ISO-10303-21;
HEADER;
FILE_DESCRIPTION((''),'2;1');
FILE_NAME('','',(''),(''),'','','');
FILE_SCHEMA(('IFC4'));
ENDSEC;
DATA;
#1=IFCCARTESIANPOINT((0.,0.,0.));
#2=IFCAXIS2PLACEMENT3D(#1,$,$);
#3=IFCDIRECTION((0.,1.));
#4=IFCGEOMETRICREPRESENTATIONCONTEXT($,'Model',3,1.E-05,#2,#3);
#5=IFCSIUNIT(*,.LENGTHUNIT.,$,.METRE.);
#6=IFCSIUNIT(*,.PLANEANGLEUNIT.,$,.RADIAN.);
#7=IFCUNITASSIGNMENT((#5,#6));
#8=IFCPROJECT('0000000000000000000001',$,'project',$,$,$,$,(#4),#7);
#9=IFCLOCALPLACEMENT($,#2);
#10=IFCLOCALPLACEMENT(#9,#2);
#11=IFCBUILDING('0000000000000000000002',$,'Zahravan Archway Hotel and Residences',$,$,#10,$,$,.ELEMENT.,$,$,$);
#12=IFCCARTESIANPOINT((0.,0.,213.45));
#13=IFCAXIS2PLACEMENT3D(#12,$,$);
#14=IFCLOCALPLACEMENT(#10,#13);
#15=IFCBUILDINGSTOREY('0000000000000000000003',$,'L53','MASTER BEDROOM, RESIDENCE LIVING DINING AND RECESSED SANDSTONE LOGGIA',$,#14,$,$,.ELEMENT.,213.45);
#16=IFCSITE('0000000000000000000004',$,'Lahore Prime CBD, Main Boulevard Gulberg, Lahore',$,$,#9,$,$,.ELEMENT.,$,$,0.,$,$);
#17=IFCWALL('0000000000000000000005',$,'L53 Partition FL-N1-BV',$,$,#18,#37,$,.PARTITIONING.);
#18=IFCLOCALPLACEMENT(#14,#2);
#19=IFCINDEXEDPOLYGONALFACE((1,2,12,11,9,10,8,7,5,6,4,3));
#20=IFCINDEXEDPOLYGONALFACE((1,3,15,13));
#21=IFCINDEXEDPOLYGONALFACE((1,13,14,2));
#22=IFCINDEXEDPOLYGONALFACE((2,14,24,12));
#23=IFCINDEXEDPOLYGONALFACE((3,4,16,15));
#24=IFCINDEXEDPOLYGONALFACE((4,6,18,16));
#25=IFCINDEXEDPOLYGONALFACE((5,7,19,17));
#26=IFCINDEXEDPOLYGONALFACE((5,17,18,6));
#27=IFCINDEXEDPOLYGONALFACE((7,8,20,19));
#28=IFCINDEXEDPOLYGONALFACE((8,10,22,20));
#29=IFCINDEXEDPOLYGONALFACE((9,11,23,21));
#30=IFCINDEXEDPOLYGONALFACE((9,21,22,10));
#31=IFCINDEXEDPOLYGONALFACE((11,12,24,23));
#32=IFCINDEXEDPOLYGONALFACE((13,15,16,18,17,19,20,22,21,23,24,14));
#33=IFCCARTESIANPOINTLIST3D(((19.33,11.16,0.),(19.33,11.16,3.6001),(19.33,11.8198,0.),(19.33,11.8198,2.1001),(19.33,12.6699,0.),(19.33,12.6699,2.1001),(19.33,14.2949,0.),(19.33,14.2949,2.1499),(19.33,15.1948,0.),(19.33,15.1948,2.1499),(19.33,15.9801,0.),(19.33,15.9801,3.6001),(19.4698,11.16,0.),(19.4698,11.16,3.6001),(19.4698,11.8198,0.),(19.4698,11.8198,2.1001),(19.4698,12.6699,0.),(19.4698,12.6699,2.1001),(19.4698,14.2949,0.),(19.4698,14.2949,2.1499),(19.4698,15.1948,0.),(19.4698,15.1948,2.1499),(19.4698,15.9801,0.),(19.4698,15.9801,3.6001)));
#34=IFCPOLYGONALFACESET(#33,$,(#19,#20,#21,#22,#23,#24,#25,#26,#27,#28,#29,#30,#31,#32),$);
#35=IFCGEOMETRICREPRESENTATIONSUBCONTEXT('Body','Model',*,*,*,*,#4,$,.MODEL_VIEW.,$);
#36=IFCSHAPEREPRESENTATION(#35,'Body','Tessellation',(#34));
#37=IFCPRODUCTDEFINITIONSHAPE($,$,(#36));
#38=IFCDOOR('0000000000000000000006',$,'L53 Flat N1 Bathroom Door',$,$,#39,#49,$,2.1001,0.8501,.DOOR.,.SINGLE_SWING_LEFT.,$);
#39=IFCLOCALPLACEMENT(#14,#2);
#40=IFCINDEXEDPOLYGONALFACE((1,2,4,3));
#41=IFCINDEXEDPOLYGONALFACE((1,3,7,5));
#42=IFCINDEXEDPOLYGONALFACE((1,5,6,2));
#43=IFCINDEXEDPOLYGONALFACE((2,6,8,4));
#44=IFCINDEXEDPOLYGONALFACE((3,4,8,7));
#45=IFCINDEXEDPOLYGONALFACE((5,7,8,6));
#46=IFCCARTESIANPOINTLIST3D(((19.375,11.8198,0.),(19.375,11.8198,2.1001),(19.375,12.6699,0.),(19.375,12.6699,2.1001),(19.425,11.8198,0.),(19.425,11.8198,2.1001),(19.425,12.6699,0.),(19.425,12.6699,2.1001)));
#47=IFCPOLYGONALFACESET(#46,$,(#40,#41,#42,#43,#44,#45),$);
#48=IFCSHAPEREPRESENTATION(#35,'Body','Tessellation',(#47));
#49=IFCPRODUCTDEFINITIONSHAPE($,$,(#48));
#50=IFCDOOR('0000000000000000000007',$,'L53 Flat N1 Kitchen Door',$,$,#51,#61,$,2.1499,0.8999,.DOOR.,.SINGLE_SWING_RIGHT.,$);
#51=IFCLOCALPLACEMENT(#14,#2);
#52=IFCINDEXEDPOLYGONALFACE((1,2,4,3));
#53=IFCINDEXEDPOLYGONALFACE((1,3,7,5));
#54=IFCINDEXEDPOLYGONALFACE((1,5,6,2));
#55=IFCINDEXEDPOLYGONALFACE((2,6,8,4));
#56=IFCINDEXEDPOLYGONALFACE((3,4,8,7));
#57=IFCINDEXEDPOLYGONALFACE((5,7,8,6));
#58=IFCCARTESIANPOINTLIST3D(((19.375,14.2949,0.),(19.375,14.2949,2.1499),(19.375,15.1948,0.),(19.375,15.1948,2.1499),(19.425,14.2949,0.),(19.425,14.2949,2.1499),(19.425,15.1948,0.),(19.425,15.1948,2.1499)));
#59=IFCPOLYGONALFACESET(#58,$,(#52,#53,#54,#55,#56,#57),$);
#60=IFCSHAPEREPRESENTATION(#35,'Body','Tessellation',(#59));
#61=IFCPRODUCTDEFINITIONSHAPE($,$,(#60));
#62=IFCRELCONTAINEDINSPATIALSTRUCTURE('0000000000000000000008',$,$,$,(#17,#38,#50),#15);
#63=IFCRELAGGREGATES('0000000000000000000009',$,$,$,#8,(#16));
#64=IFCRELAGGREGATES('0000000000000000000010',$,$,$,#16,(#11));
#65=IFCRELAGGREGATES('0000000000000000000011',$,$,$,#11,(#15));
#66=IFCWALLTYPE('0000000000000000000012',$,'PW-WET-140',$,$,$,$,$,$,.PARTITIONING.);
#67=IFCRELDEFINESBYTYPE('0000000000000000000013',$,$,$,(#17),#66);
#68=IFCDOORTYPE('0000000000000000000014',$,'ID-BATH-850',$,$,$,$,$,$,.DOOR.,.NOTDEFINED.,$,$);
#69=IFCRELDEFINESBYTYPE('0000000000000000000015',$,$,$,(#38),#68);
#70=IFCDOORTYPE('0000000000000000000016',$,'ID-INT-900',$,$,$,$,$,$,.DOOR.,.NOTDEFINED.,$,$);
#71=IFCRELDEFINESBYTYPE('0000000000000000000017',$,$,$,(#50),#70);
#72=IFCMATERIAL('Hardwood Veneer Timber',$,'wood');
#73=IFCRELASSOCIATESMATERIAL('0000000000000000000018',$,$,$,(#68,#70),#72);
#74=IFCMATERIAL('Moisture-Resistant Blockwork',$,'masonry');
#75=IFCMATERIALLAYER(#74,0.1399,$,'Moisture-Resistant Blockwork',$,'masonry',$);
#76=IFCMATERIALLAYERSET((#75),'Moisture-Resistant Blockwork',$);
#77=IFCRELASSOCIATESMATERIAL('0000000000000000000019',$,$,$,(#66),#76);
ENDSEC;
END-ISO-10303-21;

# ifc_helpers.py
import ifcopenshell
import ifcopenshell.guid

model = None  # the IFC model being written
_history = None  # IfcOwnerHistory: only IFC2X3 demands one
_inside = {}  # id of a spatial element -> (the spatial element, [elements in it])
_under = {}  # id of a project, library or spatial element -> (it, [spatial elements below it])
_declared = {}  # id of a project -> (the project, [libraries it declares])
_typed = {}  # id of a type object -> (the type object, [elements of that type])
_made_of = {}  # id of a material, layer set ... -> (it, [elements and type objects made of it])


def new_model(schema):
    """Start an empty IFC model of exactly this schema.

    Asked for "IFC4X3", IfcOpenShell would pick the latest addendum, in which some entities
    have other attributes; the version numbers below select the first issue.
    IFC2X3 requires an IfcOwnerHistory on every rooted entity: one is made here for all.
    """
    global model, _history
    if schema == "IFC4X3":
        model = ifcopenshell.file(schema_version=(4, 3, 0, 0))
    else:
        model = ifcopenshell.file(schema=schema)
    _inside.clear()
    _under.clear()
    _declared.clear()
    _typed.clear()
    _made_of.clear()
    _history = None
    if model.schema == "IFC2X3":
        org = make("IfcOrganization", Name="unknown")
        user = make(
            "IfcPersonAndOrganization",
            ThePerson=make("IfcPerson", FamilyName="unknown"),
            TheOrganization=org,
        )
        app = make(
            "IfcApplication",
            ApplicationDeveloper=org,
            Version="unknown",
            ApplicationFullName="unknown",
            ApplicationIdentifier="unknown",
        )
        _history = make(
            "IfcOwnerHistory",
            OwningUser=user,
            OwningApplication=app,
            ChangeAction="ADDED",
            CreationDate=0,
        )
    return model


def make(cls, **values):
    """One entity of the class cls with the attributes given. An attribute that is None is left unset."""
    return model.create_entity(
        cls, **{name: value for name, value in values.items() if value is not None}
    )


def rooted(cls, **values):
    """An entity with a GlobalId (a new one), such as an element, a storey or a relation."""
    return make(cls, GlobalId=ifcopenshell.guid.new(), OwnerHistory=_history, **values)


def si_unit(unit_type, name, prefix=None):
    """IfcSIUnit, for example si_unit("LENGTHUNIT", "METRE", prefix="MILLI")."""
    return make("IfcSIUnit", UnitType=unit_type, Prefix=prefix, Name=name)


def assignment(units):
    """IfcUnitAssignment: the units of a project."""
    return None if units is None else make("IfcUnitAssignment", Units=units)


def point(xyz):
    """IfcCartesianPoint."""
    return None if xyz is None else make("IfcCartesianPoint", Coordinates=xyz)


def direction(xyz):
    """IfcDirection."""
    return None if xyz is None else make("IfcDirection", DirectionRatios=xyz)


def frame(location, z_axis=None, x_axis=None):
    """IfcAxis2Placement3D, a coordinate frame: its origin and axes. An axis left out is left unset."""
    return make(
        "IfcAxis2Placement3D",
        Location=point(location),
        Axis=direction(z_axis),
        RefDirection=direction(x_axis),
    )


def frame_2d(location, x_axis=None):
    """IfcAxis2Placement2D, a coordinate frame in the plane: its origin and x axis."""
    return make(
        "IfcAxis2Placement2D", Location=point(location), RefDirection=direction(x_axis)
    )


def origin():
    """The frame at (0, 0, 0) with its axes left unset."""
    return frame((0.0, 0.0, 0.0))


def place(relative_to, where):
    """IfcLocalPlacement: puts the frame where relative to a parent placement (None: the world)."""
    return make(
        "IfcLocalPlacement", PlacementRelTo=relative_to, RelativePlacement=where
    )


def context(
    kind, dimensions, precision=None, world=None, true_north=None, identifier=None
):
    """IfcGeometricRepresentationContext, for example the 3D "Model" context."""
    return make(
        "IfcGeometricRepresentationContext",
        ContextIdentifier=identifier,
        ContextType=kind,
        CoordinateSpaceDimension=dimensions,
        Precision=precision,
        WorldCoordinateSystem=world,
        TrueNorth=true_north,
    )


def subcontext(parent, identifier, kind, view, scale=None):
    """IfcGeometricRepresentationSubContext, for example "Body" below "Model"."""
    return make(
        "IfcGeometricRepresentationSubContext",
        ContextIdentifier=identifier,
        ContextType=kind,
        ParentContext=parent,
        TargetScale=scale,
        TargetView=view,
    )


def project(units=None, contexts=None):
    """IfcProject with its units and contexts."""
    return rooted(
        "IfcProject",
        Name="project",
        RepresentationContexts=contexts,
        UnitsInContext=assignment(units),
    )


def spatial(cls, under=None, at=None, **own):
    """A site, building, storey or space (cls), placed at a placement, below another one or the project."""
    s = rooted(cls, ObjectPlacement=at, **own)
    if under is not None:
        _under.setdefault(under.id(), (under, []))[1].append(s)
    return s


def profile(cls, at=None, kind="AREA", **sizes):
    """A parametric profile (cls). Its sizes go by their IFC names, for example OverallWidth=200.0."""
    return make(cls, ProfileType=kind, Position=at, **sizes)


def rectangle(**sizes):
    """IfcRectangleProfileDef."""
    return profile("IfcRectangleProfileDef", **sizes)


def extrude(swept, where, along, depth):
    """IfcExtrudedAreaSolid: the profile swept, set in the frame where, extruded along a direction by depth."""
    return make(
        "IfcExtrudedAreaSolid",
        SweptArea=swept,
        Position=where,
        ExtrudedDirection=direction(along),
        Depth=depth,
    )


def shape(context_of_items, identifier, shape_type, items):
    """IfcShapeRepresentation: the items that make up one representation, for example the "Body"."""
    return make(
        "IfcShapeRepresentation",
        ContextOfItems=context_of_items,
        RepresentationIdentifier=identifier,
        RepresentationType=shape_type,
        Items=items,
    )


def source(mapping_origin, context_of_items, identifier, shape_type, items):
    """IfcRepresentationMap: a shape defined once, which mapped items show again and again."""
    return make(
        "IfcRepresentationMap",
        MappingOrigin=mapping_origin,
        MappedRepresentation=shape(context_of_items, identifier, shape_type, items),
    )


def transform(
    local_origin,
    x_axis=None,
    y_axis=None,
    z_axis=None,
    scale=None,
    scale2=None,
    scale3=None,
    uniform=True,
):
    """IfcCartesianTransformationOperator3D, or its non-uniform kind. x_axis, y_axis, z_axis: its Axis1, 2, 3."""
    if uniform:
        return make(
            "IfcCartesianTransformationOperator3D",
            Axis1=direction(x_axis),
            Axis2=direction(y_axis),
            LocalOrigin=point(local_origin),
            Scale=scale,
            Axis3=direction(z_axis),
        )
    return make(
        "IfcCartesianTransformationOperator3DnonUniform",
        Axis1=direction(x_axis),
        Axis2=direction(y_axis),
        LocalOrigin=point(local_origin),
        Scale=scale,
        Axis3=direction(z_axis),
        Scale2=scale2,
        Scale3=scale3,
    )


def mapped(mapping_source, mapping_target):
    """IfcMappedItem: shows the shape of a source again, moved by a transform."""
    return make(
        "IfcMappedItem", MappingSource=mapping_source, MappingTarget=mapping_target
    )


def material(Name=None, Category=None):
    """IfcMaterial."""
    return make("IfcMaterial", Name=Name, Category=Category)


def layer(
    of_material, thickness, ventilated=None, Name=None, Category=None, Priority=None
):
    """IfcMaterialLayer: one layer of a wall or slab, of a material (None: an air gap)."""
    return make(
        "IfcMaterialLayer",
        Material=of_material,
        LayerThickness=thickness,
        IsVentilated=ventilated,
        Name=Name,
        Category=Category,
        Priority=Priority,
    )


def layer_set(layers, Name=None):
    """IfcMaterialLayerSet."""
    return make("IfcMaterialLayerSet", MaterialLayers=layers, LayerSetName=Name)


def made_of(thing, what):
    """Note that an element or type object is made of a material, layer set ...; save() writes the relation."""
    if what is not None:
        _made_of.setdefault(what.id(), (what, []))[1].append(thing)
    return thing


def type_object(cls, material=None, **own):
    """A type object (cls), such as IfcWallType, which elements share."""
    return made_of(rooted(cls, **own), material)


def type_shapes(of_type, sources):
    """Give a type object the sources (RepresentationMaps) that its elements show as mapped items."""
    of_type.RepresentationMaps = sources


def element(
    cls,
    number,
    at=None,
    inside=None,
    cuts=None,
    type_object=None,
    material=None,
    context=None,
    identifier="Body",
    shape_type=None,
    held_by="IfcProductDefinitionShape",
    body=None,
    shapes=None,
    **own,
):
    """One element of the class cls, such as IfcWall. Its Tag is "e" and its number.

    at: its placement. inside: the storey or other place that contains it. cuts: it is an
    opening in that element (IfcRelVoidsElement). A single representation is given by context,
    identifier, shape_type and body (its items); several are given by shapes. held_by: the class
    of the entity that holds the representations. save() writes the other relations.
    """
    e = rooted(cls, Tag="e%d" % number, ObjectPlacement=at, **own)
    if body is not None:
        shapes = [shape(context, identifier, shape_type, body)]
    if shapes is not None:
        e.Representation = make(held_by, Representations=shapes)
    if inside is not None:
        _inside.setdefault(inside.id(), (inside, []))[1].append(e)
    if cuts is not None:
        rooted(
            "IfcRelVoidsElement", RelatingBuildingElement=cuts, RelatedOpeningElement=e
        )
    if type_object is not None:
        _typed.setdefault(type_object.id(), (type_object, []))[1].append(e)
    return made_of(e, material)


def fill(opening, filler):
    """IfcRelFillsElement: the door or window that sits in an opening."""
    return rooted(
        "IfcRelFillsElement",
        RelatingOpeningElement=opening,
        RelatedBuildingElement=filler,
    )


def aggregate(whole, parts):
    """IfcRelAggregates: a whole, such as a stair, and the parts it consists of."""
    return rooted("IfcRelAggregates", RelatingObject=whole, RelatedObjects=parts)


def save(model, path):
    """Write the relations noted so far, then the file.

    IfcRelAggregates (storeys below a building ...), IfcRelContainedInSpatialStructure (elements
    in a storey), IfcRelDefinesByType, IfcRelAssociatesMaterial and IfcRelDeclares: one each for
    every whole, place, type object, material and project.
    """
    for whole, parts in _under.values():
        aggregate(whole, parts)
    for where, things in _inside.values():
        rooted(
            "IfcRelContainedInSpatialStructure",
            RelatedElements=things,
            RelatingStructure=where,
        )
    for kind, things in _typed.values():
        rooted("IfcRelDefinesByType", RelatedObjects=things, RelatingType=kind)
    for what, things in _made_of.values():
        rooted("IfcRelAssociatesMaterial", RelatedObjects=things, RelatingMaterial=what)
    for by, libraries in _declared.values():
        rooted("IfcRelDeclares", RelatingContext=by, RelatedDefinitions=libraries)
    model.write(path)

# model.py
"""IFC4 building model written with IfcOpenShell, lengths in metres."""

from ifc_helpers import new_model, si_unit, direction, frame, frame_2d, origin, place, context, subcontext, project, spatial, rectangle, extrude, source, transform, mapped, material, layer, layer_set, type_object, type_shapes, element, fill, save


model = new_model("IFC4")

# Units and contexts
model_context = context("Model", 3, precision=1e-05, world=origin(), true_north=direction((0.0, 1.0)))
body_context = subcontext(model_context, "Body", "Model", "MODEL_VIEW")
ifc_project = project(units=[si_unit("LENGTHUNIT", "METRE"), si_unit("PLANEANGLEUNIT", "RADIAN")], contexts=[model_context])

# Site, building, storey
site_placement = place(None, origin())
site = spatial("IfcSite", under=ifc_project, at=site_placement, Name="Lahore Prime CBD, Main Boulevard Gulberg, Lahore", CompositionType="ELEMENT", RefElevation=0.0)
building_placement = place(site_placement, origin())
building = spatial("IfcBuilding", under=site, at=building_placement, Name="Zahravan Archway Hotel and Residences", CompositionType="ELEMENT")
storey_placement = place(building_placement, frame((0.0, 0.0, 213.45)))
storey = spatial("IfcBuildingStorey", under=building, at=storey_placement, Name="L53", Description="MASTER BEDROOM, RESIDENCE LIVING DINING AND RECESSED SANDSTONE LOGGIA", CompositionType="ELEMENT", Elevation=213.45)

# Shared definitions
ifc_material_1 = material(Name="Hardwood Veneer Timber", Category="wood")
door_type_1 = type_object("IfcDoorType", Name="ID-BATH-850", OperationType="NOTDEFINED", PredefinedType="DOOR", material=ifc_material_1)
shared_shape_1 = source(origin(), body_context, "Body", "SweptSolid", [
    extrude(rectangle(XDim=0.8501, YDim=2.1001, at=frame_2d((0.425, 1.05))), frame((0.0, 0.0249, 0.0), z_axis=(0.0, -1.0, 0.0), x_axis=(1.0, 0.0, 0.0)), (0.0, 0.0, 1.0), 0.05),
])
type_shapes(door_type_1, [shared_shape_1])
door_type_2 = type_object("IfcDoorType", Name="ID-INT-900", OperationType="NOTDEFINED", PredefinedType="DOOR", material=ifc_material_1)
shared_shape_2 = source(origin(), body_context, "Body", "SweptSolid", [
    extrude(rectangle(XDim=0.8999, YDim=2.1499, at=frame_2d((0.45, 1.075))), frame((0.0, 0.0249, 0.0), z_axis=(0.0, -1.0, 0.0), x_axis=(1.0, 0.0, 0.0)), (0.0, 0.0, 1.0), 0.05),
])
type_shapes(door_type_2, [shared_shape_2])

# Wall, openings, doors
ifc_material_2 = material(Name="Moisture-Resistant Blockwork", Category="masonry")
ifc_layer_1 = layer(ifc_material_2, 0.1399, Name="Moisture-Resistant Blockwork", Category="masonry")
ifc_layer_set_1 = layer_set([ifc_layer_1], Name="Moisture-Resistant Blockwork")
wall_type_1 = type_object("IfcWallType", Name="PW-WET-140", PredefinedType="PARTITIONING", material=ifc_layer_set_1)
wall_1_placement = place(storey_placement, frame((19.3999, 11.1599, 0.0), z_axis=(0.0, 0.0, 1.0), x_axis=(0.0, 1.0, 0.0)))
wall_1 = element("IfcWall", 1, at=wall_1_placement, inside=storey, type_object=wall_type_1, Name="L53 Partition FL-N1-BV", PredefinedType="PARTITIONING", context=body_context, shape_type="SweptSolid", body=[
    extrude(rectangle(XDim=4.8201, YDim=0.1399, at=frame_2d((2.4102, 0.0))), origin(), (0.0, 0.0, 1.0), 3.6001),
])
opening_1_placement = place(wall_1_placement, frame((0.6599, 0.0, 0.0)))
opening_1 = element("IfcOpeningElement", 2, at=opening_1_placement, cuts=wall_1, PredefinedType="OPENING", context=body_context, shape_type="SweptSolid", body=[
    extrude(rectangle(XDim=0.8501, YDim=2.1001, at=frame_2d((0.425, 1.05))), frame((0.0, 0.0801, 0.0), z_axis=(0.0, -1.0, 0.0), x_axis=(1.0, 0.0, 0.0)), (0.0, 0.0, 1.0), 0.1599),
])
opening_2_placement = place(wall_1_placement, frame((3.135, 0.0, 0.0)))
opening_2 = element("IfcOpeningElement", 3, at=opening_2_placement, cuts=wall_1, PredefinedType="OPENING", context=body_context, shape_type="SweptSolid", body=[
    extrude(rectangle(XDim=0.8999, YDim=2.1499, at=frame_2d((0.45, 1.075))), frame((0.0, 0.0801, 0.0), z_axis=(0.0, -1.0, 0.0), x_axis=(1.0, 0.0, 0.0)), (0.0, 0.0, 1.0), 0.1599),
])
door_1_placement = place(opening_1_placement, origin())
door_1 = element("IfcDoor", 4, at=door_1_placement, inside=storey, type_object=door_type_1, Name="L53 Flat N1 Bathroom Door", OperationType="SINGLE_SWING_LEFT", OverallHeight=2.1001, OverallWidth=0.8501, PredefinedType="DOOR", context=body_context, shape_type="MappedRepresentation", body=[
    mapped(shared_shape_1, transform((0.0, 0.0, 0.0), scale=1.0)),
])
fill(opening_1, door_1)
door_2_placement = place(opening_2_placement, origin())
door_2 = element("IfcDoor", 5, at=door_2_placement, inside=storey, type_object=door_type_2, Name="L53 Flat N1 Kitchen Door", OperationType="SINGLE_SWING_RIGHT", OverallHeight=2.1499, OverallWidth=0.8999, PredefinedType="DOOR", context=body_context, shape_type="MappedRepresentation", body=[
    mapped(shared_shape_2, transform((0.0, 0.0, 0.0), scale=1.0)),
])
fill(opening_2, door_2)

save(model, "model.ifc")
